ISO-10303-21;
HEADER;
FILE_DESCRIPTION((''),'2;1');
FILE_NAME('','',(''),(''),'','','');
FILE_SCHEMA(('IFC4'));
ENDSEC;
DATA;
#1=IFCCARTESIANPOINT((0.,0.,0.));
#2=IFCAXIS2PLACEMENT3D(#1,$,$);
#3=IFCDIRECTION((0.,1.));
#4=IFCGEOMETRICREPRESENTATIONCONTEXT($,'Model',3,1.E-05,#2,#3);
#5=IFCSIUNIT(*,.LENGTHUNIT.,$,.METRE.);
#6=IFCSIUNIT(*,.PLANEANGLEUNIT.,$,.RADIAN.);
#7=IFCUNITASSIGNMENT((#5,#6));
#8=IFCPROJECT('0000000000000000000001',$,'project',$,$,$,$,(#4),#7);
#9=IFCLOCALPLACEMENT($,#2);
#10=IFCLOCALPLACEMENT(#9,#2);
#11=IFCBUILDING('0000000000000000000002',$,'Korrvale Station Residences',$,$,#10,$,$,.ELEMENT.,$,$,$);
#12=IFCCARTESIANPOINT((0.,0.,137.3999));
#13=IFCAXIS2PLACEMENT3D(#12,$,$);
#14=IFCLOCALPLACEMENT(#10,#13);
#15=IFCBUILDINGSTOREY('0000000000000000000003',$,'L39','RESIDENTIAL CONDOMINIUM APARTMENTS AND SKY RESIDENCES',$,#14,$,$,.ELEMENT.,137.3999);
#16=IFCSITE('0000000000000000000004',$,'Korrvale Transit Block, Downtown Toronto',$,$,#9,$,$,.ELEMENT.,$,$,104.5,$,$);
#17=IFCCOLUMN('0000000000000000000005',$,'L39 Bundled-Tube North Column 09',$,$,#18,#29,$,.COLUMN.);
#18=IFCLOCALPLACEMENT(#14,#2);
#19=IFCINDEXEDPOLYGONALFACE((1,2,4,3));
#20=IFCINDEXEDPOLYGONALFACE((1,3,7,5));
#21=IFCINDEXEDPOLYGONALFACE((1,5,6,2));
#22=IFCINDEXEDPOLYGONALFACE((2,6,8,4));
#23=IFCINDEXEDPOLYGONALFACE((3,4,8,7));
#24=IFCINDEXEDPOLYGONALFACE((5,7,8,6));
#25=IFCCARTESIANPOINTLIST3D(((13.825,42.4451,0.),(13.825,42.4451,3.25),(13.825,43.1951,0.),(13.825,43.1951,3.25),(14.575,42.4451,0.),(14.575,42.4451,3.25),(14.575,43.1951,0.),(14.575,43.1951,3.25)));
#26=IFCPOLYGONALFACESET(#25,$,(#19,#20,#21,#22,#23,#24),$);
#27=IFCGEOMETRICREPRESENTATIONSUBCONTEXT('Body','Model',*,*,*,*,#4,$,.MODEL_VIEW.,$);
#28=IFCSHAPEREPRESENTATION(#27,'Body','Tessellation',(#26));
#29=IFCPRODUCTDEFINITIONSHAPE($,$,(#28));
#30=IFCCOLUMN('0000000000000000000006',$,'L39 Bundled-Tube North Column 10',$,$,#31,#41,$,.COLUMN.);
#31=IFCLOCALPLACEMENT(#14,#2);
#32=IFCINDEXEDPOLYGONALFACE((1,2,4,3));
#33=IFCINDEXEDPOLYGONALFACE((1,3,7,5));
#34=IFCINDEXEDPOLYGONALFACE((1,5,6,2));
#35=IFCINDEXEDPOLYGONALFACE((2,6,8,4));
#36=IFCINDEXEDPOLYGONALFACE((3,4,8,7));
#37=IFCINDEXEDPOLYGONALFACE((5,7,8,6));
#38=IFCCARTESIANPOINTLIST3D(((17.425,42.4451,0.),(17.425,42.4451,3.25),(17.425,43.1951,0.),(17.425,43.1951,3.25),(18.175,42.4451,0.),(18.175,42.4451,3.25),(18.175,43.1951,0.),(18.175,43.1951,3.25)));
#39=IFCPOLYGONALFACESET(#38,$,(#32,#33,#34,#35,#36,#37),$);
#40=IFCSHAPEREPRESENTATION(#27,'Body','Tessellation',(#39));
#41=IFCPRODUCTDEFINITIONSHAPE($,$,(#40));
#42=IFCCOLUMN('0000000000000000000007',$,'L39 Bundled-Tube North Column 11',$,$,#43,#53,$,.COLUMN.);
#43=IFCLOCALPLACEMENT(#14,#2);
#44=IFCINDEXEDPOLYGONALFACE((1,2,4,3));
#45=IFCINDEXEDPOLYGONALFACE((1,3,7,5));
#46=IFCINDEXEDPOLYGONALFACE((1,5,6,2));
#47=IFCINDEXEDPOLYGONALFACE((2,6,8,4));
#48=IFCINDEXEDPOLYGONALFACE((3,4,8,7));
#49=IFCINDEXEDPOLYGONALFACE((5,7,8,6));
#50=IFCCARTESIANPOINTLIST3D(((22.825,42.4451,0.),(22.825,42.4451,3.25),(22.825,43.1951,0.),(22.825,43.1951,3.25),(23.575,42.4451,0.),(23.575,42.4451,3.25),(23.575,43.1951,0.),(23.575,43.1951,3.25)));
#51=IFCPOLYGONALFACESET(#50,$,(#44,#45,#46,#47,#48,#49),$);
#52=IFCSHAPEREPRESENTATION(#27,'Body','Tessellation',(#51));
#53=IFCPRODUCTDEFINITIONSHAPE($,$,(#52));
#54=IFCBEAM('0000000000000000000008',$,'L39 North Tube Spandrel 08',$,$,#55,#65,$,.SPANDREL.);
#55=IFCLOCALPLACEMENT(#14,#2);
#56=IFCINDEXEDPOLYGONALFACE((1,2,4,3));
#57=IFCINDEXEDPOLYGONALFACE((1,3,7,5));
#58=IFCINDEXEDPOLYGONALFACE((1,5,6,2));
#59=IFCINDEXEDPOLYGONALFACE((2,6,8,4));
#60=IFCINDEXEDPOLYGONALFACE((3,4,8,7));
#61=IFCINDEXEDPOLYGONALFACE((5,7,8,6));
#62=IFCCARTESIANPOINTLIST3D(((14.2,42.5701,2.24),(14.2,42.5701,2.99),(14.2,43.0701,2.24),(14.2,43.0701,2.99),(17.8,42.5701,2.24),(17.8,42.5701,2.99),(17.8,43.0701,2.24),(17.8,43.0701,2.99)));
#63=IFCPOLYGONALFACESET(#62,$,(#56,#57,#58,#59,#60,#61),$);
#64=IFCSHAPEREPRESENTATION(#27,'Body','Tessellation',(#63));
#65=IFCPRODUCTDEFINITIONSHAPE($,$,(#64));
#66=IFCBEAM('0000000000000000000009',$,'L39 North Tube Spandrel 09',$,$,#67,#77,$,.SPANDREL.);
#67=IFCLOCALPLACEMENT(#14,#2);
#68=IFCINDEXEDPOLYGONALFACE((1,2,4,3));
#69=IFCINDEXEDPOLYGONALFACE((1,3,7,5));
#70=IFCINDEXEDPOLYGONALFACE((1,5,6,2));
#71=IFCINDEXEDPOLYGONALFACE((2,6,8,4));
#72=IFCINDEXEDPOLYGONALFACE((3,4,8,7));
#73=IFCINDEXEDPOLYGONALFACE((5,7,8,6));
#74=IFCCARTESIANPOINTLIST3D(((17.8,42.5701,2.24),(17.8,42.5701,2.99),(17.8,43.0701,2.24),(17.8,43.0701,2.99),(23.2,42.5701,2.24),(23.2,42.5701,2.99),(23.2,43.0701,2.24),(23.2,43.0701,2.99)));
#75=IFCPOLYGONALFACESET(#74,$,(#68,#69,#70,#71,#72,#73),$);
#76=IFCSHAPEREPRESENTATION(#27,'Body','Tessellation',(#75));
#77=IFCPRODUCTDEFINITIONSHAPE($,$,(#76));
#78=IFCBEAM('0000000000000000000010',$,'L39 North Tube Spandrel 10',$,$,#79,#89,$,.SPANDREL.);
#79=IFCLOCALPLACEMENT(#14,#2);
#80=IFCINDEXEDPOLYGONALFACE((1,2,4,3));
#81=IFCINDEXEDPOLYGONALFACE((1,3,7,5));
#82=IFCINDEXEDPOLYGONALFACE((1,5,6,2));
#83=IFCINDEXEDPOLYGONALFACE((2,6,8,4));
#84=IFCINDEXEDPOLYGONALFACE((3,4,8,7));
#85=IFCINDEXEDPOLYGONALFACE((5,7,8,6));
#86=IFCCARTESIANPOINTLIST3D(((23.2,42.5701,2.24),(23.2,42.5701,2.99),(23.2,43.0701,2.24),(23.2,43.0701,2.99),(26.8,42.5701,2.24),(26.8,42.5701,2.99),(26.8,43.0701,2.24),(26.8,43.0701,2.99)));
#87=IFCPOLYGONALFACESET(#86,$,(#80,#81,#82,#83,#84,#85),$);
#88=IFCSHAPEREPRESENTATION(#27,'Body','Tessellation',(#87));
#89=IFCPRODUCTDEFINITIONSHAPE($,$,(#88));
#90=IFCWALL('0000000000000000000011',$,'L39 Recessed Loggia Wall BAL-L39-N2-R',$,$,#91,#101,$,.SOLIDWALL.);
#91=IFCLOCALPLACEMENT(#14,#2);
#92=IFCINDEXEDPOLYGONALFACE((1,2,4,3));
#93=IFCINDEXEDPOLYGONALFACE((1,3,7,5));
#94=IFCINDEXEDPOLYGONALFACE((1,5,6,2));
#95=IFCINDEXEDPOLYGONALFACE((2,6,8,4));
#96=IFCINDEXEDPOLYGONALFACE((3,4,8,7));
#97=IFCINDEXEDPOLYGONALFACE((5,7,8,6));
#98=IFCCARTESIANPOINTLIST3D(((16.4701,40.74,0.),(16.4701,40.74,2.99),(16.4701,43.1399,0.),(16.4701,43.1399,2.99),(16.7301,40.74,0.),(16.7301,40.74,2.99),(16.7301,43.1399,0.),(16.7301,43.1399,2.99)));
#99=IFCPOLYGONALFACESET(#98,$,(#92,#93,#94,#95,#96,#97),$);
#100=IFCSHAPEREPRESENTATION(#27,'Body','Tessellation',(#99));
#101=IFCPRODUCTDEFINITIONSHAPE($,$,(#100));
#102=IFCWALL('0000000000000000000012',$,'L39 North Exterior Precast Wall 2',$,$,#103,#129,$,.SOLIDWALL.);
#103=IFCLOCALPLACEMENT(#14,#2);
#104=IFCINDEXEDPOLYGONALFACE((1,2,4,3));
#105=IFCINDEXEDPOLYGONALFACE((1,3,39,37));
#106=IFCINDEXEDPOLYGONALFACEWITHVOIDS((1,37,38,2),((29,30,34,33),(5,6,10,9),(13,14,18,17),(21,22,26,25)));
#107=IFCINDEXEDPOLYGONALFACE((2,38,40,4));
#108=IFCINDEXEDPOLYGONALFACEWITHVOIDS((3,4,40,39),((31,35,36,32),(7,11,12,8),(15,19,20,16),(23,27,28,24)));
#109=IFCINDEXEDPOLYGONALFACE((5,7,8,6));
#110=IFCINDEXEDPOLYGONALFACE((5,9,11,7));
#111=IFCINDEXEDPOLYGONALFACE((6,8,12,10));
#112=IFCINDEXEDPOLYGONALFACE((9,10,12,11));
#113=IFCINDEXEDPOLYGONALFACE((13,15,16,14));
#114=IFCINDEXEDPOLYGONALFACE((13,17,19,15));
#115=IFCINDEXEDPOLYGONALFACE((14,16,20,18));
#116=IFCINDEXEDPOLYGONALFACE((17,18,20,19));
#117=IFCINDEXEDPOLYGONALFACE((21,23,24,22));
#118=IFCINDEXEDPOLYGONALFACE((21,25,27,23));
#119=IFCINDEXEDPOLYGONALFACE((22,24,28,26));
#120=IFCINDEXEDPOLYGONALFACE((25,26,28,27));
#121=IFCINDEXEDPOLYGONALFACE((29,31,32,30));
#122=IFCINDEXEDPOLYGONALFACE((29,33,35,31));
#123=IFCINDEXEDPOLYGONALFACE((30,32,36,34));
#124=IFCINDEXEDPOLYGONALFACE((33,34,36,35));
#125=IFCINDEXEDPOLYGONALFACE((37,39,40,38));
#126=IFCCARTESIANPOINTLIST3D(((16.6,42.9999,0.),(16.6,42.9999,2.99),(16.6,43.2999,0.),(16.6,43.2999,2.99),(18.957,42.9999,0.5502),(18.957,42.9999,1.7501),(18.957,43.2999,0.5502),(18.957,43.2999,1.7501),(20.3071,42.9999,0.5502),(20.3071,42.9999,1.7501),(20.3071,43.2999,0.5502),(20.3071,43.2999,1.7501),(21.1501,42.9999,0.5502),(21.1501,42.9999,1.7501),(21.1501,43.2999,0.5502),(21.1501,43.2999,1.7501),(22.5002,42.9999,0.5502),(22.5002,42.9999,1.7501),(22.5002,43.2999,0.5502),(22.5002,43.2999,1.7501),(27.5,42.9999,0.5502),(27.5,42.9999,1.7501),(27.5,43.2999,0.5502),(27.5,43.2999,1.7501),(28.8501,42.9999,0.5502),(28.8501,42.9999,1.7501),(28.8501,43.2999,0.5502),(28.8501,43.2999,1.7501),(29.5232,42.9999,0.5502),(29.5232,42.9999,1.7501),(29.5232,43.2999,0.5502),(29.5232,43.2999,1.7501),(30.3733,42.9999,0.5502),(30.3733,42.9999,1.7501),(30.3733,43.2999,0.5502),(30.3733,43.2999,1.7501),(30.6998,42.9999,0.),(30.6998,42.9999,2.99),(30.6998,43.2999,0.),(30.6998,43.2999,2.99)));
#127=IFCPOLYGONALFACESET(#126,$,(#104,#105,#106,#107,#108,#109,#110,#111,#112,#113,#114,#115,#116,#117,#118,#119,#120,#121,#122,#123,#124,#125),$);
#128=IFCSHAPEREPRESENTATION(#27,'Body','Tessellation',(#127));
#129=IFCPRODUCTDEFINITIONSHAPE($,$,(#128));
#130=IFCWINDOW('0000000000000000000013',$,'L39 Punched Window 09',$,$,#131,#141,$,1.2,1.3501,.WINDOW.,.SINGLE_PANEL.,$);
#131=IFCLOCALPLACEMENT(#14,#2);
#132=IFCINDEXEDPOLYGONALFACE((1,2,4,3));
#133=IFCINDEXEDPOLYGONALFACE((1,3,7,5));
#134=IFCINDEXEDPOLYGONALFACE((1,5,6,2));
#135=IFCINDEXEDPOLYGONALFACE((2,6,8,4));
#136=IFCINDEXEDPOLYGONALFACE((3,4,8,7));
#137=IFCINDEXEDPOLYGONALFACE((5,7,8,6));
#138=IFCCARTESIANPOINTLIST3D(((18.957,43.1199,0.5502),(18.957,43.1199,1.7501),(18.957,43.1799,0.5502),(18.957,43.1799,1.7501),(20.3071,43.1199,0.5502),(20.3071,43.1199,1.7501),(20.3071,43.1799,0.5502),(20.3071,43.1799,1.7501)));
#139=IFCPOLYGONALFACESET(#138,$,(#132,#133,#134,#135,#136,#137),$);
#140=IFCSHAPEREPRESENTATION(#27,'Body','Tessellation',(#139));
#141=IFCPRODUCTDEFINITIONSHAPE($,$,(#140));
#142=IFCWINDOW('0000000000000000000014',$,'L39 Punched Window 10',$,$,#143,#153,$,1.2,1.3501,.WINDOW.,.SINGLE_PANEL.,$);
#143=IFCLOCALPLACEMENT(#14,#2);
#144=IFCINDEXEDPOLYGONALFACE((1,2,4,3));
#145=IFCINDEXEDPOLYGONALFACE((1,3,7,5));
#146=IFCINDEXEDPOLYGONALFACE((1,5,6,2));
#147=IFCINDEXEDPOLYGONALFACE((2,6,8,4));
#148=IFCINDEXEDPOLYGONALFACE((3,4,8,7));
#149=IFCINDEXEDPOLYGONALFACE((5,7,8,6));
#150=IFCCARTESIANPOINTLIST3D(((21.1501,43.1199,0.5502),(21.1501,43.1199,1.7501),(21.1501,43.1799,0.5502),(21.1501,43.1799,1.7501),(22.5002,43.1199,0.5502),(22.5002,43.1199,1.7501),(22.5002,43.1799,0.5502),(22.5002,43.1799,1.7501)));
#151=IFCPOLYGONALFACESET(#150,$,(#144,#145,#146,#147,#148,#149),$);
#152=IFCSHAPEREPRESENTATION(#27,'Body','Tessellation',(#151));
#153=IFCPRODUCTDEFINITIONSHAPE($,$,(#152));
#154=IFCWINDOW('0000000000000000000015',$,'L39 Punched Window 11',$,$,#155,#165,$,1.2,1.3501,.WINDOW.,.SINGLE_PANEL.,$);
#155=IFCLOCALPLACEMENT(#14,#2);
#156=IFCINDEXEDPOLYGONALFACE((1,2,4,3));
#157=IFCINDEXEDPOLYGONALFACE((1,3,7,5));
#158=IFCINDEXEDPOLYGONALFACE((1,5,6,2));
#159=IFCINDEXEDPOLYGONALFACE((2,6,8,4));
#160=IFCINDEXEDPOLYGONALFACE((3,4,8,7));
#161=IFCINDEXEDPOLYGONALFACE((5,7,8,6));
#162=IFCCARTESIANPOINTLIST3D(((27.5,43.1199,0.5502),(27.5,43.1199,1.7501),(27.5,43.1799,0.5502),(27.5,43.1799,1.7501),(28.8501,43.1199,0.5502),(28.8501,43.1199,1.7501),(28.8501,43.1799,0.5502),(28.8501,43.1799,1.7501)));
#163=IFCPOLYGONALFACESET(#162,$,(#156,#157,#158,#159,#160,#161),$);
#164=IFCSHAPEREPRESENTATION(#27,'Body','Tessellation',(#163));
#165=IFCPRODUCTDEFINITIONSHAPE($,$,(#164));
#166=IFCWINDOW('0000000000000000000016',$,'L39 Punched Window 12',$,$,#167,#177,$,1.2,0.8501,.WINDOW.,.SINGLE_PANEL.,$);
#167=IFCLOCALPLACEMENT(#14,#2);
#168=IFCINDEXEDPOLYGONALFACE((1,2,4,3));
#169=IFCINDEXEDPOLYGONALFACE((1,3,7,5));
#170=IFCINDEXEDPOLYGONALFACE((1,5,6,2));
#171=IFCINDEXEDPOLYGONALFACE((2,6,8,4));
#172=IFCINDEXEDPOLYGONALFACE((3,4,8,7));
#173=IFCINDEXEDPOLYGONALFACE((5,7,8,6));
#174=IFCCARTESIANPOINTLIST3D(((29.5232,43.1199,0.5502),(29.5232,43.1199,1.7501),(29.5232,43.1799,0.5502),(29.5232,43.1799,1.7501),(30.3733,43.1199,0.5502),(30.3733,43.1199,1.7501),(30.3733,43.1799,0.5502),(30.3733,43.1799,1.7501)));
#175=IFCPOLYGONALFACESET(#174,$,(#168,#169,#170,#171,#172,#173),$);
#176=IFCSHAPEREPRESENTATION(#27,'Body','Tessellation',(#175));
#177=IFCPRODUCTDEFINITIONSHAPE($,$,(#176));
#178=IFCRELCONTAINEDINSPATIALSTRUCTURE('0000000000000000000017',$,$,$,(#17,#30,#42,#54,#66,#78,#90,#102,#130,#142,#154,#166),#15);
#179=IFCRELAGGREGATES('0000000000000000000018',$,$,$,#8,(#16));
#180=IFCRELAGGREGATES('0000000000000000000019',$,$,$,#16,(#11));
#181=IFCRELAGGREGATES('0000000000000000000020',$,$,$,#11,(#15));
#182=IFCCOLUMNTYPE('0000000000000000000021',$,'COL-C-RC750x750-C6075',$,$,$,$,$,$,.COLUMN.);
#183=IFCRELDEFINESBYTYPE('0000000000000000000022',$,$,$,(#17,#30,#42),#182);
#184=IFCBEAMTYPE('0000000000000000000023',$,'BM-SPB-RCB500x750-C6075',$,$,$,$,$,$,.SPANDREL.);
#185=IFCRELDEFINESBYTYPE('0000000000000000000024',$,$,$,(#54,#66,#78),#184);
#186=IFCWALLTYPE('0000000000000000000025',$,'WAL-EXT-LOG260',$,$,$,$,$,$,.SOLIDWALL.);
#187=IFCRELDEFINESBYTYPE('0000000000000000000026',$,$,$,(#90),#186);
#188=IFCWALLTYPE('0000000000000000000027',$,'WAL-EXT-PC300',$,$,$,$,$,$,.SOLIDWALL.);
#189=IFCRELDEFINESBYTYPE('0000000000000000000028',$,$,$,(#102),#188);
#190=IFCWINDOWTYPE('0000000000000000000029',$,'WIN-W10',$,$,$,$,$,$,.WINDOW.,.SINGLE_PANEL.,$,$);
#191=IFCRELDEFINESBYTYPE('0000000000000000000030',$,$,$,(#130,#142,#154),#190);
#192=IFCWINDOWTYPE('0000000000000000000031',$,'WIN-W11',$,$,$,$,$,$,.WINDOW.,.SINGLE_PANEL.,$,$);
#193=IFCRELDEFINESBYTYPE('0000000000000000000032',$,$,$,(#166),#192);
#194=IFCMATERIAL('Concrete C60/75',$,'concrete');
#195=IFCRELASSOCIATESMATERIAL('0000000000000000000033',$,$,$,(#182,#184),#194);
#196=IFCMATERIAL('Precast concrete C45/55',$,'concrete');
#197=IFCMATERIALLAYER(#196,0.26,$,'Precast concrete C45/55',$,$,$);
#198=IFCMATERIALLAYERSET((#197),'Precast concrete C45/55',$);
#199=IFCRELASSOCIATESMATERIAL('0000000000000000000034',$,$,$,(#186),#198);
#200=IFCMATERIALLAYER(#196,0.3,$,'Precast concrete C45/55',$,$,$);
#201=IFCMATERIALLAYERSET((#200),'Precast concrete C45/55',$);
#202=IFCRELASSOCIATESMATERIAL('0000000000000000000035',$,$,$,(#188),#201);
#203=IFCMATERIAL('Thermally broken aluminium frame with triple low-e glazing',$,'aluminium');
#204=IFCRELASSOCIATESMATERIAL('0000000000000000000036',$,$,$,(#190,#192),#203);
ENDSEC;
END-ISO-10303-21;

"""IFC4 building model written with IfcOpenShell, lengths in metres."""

from ifc_helpers import new_model, si_unit, direction, frame, frame_2d, origin, origin_2d, place, context, subcontext, project, spatial, rectangle, extrude, material, layer, layer_set, material_profile, profile_set, type_object, element, fill, save


model = new_model("IFC4")

# Units and contexts
model_context = context("Model", 3, precision=1e-05, world=origin(), true_north=direction((0.0, 1.0)))
body_context = subcontext(model_context, "Body", "Model", "MODEL_VIEW")
ifc_project = project(units=[si_unit("LENGTHUNIT", "METRE"), si_unit("PLANEANGLEUNIT", "RADIAN")], contexts=[model_context])

# Site, building, storey
site_placement = place(None, origin())
site = spatial("IfcSite", under=ifc_project, at=site_placement, Name="Korrvale Transit Block, Downtown Toronto", CompositionType="ELEMENT", RefElevation=104.5)
building_placement = place(site_placement, origin())
building = spatial("IfcBuilding", under=site, at=building_placement, Name="Korrvale Station Residences", CompositionType="ELEMENT")
storey_placement = place(building_placement, frame((0.0, 0.0, 137.3999)))
storey = spatial("IfcBuildingStorey", under=building, at=storey_placement, Name="L39", Description="RESIDENTIAL CONDOMINIUM APARTMENTS AND SKY RESIDENCES", CompositionType="ELEMENT", Elevation=137.3999)

# Columns
ifc_material_1 = material(Name="Concrete C60/75", Category="concrete")
ifc_material_profile_1 = material_profile(ifc_material_1, rectangle(XDim=0.75, YDim=0.75, at=origin_2d()), Name="RC750x750")
ifc_profile_set_1 = profile_set([ifc_material_profile_1], Name="Concrete C60/75")
column_type = type_object("IfcColumnType", Name="COL-C-RC750x750-C6075", PredefinedType="COLUMN", material=ifc_profile_set_1)
for number, where, z_axis, x_axis, name in (
    (1, (14.2, 42.8201, 0.0), (0.0, 0.0, 1.0), (1.0, 0.0, 0.0), "L39 Bundled-Tube North Column 09"),
    (2, (17.8, 42.8201, 0.0), (0.0, 0.0, 1.0), (1.0, 0.0, 0.0), "L39 Bundled-Tube North Column 10"),
    (3, (23.2, 42.8201, 0.0), (0.0, 0.0, 1.0), (1.0, 0.0, 0.0), "L39 Bundled-Tube North Column 11"),
):
    element("IfcColumn", number, at=place(storey_placement, frame(where, z_axis=z_axis, x_axis=x_axis)), inside=storey, type_object=column_type, Name=name, PredefinedType="COLUMN", context=body_context, shape_type="SweptSolid", body=[
        extrude(rectangle(XDim=0.75, YDim=0.75, at=origin_2d()), origin(), (0.0, 0.0, 1.0), 3.25),
    ])

# Beams
ifc_material_profile_2 = material_profile(ifc_material_1, rectangle(XDim=0.5, YDim=0.75, at=origin_2d()), Name="RCB500x750")
ifc_profile_set_2 = profile_set([ifc_material_profile_2], Name="Concrete C60/75")
beam_type = type_object("IfcBeamType", Name="BM-SPB-RCB500x750-C6075", PredefinedType="SPANDREL", material=ifc_profile_set_2)
beam_1_placement = place(storey_placement, frame((14.2, 42.8201, 2.615), z_axis=(1.0, 0.0, 0.0), x_axis=(0.0, 1.0, 0.0)))
element("IfcBeam", 4, at=beam_1_placement, inside=storey, type_object=beam_type, Name="L39 North Tube Spandrel 08", PredefinedType="SPANDREL", context=body_context, shape_type="SweptSolid", body=[
    extrude(rectangle(XDim=0.5, YDim=0.75, at=origin_2d()), origin(), (0.0, 0.0, 1.0), 3.6001),
])
beam_2_placement = place(storey_placement, frame((17.8, 42.8201, 2.615), z_axis=(1.0, 0.0, 0.0), x_axis=(0.0, 1.0, 0.0)))
element("IfcBeam", 5, at=beam_2_placement, inside=storey, type_object=beam_type, Name="L39 North Tube Spandrel 09", PredefinedType="SPANDREL", context=body_context, shape_type="SweptSolid", body=[
    extrude(rectangle(XDim=0.5, YDim=0.75, at=origin_2d()), origin(), (0.0, 0.0, 1.0), 5.3999),
])
beam_3_placement = place(storey_placement, frame((23.2, 42.8201, 2.615), z_axis=(1.0, 0.0, 0.0), x_axis=(0.0, 1.0, 0.0)))
element("IfcBeam", 6, at=beam_3_placement, inside=storey, type_object=beam_type, Name="L39 North Tube Spandrel 10", PredefinedType="SPANDREL", context=body_context, shape_type="SweptSolid", body=[
    extrude(rectangle(XDim=0.5, YDim=0.75, at=origin_2d()), origin(), (0.0, 0.0, 1.0), 3.6001),
])

# Wall
ifc_material_2 = material(Name="Precast concrete C45/55", Category="concrete")
ifc_layer_1 = layer(ifc_material_2, 0.26, Name="Precast concrete C45/55")
ifc_layer_set_1 = layer_set([ifc_layer_1], Name="Precast concrete C45/55")
wall_type_1 = type_object("IfcWallType", Name="WAL-EXT-LOG260", PredefinedType="SOLIDWALL", material=ifc_layer_set_1)
wall_1_placement = place(storey_placement, frame((16.6001, 40.74, 0.0), z_axis=(0.0, 0.0, 1.0), x_axis=(0.0, 1.0, 0.0)))
element("IfcWall", 7, at=wall_1_placement, inside=storey, type_object=wall_type_1, Name="L39 Recessed Loggia Wall BAL-L39-N2-R", PredefinedType="SOLIDWALL", context=body_context, shape_type="SweptSolid", body=[
    extrude(rectangle(XDim=2.3999, YDim=0.26, at=frame_2d((1.2, 0.0))), origin(), (0.0, 0.0, 1.0), 2.99),
])

# Wall, openings, windows
ifc_layer_2 = layer(ifc_material_2, 0.3, Name="Precast concrete C45/55")
ifc_layer_set_2 = layer_set([ifc_layer_2], Name="Precast concrete C45/55")
wall_type_2 = type_object("IfcWallType", Name="WAL-EXT-PC300", PredefinedType="SOLIDWALL", material=ifc_layer_set_2)
wall_2_placement = place(storey_placement, frame((16.6001, 43.1499, 0.0), z_axis=(0.0, 0.0, 1.0), x_axis=(1.0, 0.0, 0.0)))
wall_2 = element("IfcWall", 8, at=wall_2_placement, inside=storey, type_object=wall_type_2, Name="L39 North Exterior Precast Wall 2", PredefinedType="SOLIDWALL", context=body_context, shape_type="SweptSolid", body=[
    extrude(rectangle(XDim=14.0999, YDim=0.3, at=frame_2d((7.0498, 0.0))), origin(), (0.0, 0.0, 1.0), 2.99),
])
opening_1_placement = place(wall_2_placement, frame((2.3569, 0.0, 0.55)))
opening_1 = element("IfcOpeningElement", 9, at=opening_1_placement, cuts=wall_2, PredefinedType="OPENING", context=body_context, shape_type="SweptSolid", body=[
    extrude(rectangle(XDim=1.3501, YDim=1.2, at=frame_2d((0.675, 0.6001))), frame((0.0, 0.1602, 0.0), z_axis=(0.0, -1.0, 0.0), x_axis=(1.0, 0.0, 0.0)), (0.0, 0.0, 1.0), 0.3201),
])
opening_2_placement = place(wall_2_placement, frame((4.55, 0.0, 0.55)))
opening_2 = element("IfcOpeningElement", 10, at=opening_2_placement, cuts=wall_2, PredefinedType="OPENING", context=body_context, shape_type="SweptSolid", body=[
    extrude(rectangle(XDim=1.3501, YDim=1.2, at=frame_2d((0.675, 0.6001))), frame((0.0, 0.1602, 0.0), z_axis=(0.0, -1.0, 0.0), x_axis=(1.0, 0.0, 0.0)), (0.0, 0.0, 1.0), 0.3201),
])
opening_3_placement = place(wall_2_placement, frame((10.8999, 0.0, 0.55)))
opening_3 = element("IfcOpeningElement", 11, at=opening_3_placement, cuts=wall_2, PredefinedType="OPENING", context=body_context, shape_type="SweptSolid", body=[
    extrude(rectangle(XDim=1.3501, YDim=1.2, at=frame_2d((0.675, 0.6001))), frame((0.0, 0.1602, 0.0), z_axis=(0.0, -1.0, 0.0), x_axis=(1.0, 0.0, 0.0)), (0.0, 0.0, 1.0), 0.3201),
])
opening_4_placement = place(wall_2_placement, frame((12.9231, 0.0, 0.55)))
opening_4 = element("IfcOpeningElement", 12, at=opening_4_placement, cuts=wall_2, PredefinedType="OPENING", context=body_context, shape_type="SweptSolid", body=[
    extrude(rectangle(XDim=0.8501, YDim=1.2, at=frame_2d((0.425, 0.6001))), frame((0.0, 0.1602, 0.0), z_axis=(0.0, -1.0, 0.0), x_axis=(1.0, 0.0, 0.0)), (0.0, 0.0, 1.0), 0.3201),
])
ifc_material_3 = material(Name="Thermally broken aluminium frame with triple low-e glazing", Category="aluminium")
window_type_1 = type_object("IfcWindowType", Name="WIN-W10", PartitioningType="SINGLE_PANEL", PredefinedType="WINDOW", material=ifc_material_3)
window_1_placement = place(opening_1_placement, origin())
window_1 = element("IfcWindow", 13, at=window_1_placement, inside=storey, type_object=window_type_1, Name="L39 Punched Window 09", OverallHeight=1.2, OverallWidth=1.3501, PartitioningType="SINGLE_PANEL", PredefinedType="WINDOW", context=body_context, shape_type="SweptSolid", body=[
    extrude(rectangle(XDim=1.3501, YDim=1.2, at=frame_2d((0.675, 0.6001))), frame((0.0, 0.03, 0.0), z_axis=(0.0, -1.0, 0.0), x_axis=(1.0, 0.0, 0.0)), (0.0, 0.0, 1.0), 0.0601),
])
fill(opening_1, window_1)
window_2_placement = place(opening_2_placement, origin())
window_2 = element("IfcWindow", 14, at=window_2_placement, inside=storey, type_object=window_type_1, Name="L39 Punched Window 10", OverallHeight=1.2, OverallWidth=1.3501, PartitioningType="SINGLE_PANEL", PredefinedType="WINDOW", context=body_context, shape_type="SweptSolid", body=[
    extrude(rectangle(XDim=1.3501, YDim=1.2, at=frame_2d((0.675, 0.6001))), frame((0.0, 0.03, 0.0), z_axis=(0.0, -1.0, 0.0), x_axis=(1.0, 0.0, 0.0)), (0.0, 0.0, 1.0), 0.0601),
])
fill(opening_2, window_2)
window_3_placement = place(opening_3_placement, origin())
window_3 = element("IfcWindow", 15, at=window_3_placement, inside=storey, type_object=window_type_1, Name="L39 Punched Window 11", OverallHeight=1.2, OverallWidth=1.3501, PartitioningType="SINGLE_PANEL", PredefinedType="WINDOW", context=body_context, shape_type="SweptSolid", body=[
    extrude(rectangle(XDim=1.3501, YDim=1.2, at=frame_2d((0.675, 0.6001))), frame((0.0, 0.03, 0.0), z_axis=(0.0, -1.0, 0.0), x_axis=(1.0, 0.0, 0.0)), (0.0, 0.0, 1.0), 0.0601),
])
fill(opening_3, window_3)
window_type_2 = type_object("IfcWindowType", Name="WIN-W11", PartitioningType="SINGLE_PANEL", PredefinedType="WINDOW", material=ifc_material_3)
window_4_placement = place(opening_4_placement, origin())
window_4 = element("IfcWindow", 16, at=window_4_placement, inside=storey, type_object=window_type_2, Name="L39 Punched Window 12", OverallHeight=1.2, OverallWidth=0.8501, PartitioningType="SINGLE_PANEL", PredefinedType="WINDOW", context=body_context, shape_type="SweptSolid", body=[
    extrude(rectangle(XDim=0.8501, YDim=1.2, at=frame_2d((0.425, 0.6001))), frame((0.0, 0.03, 0.0), z_axis=(0.0, -1.0, 0.0), x_axis=(1.0, 0.0, 0.0)), (0.0, 0.0, 1.0), 0.0601),
])
fill(opening_4, window_4)

save(model, "model.ifc")
